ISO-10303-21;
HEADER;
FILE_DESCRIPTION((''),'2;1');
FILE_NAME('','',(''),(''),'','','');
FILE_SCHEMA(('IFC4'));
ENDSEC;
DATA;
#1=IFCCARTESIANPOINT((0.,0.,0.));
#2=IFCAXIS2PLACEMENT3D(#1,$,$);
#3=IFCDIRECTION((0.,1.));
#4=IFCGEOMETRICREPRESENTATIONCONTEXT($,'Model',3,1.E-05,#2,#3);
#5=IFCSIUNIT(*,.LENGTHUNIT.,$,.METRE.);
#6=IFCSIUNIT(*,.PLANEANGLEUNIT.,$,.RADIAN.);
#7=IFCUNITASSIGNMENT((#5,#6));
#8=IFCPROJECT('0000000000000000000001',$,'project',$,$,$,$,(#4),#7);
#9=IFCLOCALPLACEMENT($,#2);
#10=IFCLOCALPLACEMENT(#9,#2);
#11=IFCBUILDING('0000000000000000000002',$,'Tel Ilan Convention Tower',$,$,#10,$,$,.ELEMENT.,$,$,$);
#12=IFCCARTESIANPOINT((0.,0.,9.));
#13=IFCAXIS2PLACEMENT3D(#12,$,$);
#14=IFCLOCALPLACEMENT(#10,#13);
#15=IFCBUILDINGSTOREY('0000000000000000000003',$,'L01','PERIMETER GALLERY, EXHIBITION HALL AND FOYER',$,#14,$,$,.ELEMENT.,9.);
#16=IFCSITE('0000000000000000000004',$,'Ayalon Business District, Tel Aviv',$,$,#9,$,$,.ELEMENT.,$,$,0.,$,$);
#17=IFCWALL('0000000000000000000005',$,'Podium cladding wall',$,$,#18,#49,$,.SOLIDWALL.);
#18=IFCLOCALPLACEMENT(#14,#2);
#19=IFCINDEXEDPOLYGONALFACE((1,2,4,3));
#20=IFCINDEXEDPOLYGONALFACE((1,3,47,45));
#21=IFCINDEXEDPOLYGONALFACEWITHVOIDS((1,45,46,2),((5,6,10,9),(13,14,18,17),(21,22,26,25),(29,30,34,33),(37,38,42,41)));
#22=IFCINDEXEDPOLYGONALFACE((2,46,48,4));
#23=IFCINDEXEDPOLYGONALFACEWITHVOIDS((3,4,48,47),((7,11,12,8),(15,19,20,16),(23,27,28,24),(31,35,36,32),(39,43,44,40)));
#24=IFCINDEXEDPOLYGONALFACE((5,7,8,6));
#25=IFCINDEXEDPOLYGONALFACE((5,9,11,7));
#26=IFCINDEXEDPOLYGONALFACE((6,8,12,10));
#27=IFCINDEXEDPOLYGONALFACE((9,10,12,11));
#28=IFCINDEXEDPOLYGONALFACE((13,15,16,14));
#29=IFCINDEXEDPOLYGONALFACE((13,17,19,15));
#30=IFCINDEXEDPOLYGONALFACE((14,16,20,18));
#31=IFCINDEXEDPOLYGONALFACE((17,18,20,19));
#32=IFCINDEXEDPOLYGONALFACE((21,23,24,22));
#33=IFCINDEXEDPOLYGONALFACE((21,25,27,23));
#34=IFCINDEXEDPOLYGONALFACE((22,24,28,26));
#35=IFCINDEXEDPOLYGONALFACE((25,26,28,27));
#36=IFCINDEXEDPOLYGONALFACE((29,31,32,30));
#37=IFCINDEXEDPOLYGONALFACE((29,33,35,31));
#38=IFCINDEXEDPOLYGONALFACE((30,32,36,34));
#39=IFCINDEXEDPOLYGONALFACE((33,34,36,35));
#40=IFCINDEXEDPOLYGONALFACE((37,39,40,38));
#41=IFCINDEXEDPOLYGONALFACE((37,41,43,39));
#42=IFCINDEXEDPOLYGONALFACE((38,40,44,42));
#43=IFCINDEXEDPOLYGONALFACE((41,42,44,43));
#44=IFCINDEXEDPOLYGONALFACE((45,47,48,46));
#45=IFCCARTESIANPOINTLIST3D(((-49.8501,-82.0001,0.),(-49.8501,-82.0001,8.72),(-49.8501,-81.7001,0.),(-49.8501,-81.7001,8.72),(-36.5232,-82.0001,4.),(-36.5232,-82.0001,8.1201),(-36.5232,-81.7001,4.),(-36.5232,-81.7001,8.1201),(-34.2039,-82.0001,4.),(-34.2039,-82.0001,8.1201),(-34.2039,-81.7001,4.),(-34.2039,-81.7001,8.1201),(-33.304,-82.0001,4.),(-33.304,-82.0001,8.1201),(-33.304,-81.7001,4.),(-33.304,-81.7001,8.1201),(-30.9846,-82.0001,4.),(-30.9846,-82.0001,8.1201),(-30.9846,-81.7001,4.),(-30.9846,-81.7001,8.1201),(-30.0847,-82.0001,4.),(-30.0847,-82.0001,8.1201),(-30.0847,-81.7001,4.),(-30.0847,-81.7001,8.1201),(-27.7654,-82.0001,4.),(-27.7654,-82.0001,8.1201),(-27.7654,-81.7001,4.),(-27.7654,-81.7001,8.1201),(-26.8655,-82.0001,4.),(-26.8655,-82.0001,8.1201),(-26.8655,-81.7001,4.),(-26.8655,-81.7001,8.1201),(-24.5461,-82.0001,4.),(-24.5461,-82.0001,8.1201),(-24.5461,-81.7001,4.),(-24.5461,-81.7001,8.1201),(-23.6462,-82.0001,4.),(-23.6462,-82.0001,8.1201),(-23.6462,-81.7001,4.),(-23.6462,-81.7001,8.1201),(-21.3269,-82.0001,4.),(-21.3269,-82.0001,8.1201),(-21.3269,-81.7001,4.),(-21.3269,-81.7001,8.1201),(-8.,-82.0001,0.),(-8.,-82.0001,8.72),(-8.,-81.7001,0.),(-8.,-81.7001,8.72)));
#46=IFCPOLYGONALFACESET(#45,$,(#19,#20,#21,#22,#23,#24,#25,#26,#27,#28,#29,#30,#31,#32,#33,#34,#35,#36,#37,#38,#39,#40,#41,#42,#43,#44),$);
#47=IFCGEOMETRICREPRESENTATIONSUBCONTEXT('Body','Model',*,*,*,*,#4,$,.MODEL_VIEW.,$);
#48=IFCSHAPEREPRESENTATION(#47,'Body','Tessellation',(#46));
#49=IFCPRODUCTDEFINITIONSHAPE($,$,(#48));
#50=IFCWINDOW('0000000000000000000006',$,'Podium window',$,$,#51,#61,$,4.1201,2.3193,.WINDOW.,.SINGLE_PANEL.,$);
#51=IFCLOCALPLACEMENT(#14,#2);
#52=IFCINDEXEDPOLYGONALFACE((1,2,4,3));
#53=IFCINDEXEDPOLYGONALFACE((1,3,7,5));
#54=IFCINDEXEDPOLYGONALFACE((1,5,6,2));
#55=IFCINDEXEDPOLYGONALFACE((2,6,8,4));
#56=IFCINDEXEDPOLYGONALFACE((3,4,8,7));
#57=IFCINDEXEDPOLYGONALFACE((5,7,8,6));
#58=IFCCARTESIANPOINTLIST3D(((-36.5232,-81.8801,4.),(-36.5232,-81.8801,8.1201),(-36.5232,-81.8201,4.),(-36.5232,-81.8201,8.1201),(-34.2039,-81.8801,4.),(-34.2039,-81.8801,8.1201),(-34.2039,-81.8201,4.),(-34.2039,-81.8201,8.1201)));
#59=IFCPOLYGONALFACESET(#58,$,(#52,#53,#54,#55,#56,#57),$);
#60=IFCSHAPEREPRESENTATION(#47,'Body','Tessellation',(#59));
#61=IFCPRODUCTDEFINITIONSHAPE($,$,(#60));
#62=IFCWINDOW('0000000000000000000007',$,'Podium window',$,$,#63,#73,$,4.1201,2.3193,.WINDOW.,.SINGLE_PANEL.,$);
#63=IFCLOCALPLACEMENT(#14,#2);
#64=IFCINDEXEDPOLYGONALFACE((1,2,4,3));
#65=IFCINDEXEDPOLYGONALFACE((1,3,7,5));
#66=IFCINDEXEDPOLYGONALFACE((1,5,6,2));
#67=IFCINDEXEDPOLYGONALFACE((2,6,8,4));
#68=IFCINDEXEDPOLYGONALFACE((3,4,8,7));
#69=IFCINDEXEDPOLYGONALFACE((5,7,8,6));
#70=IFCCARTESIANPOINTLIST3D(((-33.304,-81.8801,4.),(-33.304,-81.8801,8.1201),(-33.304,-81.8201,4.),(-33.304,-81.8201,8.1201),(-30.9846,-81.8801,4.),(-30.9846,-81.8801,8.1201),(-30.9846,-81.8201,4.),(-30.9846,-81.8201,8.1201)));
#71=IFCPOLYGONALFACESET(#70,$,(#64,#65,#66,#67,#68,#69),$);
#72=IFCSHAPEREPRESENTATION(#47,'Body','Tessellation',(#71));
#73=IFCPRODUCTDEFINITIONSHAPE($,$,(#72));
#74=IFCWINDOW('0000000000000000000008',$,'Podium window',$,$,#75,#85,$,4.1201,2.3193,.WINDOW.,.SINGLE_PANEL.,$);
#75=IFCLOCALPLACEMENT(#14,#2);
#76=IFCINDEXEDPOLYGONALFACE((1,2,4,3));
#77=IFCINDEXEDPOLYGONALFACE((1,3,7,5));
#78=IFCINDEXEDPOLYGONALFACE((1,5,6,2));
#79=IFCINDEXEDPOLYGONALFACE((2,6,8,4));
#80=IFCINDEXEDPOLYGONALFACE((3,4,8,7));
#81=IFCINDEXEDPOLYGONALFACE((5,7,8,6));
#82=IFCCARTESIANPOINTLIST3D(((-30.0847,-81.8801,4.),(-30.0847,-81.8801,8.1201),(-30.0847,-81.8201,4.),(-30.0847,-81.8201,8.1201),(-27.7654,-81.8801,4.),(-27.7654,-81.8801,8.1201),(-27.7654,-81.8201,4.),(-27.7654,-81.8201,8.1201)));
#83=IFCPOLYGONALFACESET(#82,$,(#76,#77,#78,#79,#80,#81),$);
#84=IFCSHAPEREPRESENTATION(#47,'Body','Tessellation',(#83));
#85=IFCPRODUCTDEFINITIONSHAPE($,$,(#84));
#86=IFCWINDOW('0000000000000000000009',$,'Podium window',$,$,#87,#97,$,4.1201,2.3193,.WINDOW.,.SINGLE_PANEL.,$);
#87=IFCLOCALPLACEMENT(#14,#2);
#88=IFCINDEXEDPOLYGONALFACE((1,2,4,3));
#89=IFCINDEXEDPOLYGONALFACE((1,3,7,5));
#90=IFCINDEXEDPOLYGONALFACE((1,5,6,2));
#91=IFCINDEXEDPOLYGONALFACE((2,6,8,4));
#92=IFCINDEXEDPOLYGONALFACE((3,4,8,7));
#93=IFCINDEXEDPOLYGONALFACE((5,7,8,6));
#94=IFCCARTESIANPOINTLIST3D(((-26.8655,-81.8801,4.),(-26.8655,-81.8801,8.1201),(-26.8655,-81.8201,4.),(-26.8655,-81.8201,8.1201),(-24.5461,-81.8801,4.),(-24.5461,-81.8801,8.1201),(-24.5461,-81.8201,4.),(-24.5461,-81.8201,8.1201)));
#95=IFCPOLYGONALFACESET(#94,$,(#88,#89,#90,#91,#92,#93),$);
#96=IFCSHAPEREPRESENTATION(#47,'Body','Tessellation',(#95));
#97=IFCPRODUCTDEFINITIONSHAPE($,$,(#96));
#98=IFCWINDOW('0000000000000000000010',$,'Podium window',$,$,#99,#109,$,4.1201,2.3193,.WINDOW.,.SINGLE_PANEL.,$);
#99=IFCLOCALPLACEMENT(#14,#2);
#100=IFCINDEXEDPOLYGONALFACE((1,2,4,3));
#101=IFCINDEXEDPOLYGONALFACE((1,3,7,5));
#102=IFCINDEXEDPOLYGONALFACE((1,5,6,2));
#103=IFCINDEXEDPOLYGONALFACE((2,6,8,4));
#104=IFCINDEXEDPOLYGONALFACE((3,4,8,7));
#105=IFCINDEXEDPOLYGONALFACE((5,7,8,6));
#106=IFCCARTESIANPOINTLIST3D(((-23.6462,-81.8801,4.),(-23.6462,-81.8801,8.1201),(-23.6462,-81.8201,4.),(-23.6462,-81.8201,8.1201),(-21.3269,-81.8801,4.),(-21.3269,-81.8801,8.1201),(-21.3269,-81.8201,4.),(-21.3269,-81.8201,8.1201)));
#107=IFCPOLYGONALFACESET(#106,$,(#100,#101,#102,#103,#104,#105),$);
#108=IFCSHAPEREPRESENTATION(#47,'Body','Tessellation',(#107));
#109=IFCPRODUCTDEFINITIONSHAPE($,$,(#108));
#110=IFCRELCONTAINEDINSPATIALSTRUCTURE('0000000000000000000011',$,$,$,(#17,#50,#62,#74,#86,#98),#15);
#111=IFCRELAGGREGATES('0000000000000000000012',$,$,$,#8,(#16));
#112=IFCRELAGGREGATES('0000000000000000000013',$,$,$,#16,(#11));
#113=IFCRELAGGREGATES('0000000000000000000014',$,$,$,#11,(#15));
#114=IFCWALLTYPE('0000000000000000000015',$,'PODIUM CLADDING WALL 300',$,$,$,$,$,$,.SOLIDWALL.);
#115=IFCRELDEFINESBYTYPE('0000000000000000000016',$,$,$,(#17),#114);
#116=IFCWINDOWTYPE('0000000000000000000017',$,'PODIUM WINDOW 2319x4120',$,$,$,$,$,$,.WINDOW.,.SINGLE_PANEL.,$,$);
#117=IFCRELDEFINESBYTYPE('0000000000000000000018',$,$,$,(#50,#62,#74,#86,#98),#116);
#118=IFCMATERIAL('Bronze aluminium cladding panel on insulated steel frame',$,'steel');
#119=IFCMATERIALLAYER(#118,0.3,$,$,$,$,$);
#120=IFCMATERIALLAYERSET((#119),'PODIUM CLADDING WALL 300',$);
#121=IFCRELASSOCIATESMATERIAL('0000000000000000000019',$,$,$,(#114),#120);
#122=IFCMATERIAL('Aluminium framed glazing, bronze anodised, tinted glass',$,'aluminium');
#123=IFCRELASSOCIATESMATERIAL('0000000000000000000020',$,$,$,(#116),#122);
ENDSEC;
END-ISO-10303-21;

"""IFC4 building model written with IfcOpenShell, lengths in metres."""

from ifc_helpers import new_model, si_unit, direction, frame, frame_2d, origin, place, context, subcontext, project, spatial, rectangle, extrude, material, layer, layer_set, type_object, element, fill, save


model = new_model("IFC4")

# Units and contexts
model_context = context("Model", 3, precision=1e-05, world=origin(), true_north=direction((0.0, 1.0)))
body_context = subcontext(model_context, "Body", "Model", "MODEL_VIEW")
ifc_project = project(units=[si_unit("LENGTHUNIT", "METRE"), si_unit("PLANEANGLEUNIT", "RADIAN")], contexts=[model_context])

# Site, building, storey
site_placement = place(None, origin())
site = spatial("IfcSite", under=ifc_project, at=site_placement, Name="Ayalon Business District, Tel Aviv", CompositionType="ELEMENT", RefElevation=0.0)
building_placement = place(site_placement, origin())
building = spatial("IfcBuilding", under=site, at=building_placement, Name="Tel Ilan Convention Tower", CompositionType="ELEMENT")
storey_placement = place(building_placement, frame((0.0, 0.0, 9.0)))
storey = spatial("IfcBuildingStorey", under=building, at=storey_placement, Name="L01", Description="PERIMETER GALLERY, EXHIBITION HALL AND FOYER", CompositionType="ELEMENT", Elevation=9.0)

# Wall, openings, windows
ifc_material_1 = material(Name="Bronze aluminium cladding panel on insulated steel frame", Category="steel")
ifc_layer = layer(ifc_material_1, 0.3)
ifc_layer_set = layer_set([ifc_layer], Name="PODIUM CLADDING WALL 300")
wall_type = type_object("IfcWallType", Name="PODIUM CLADDING WALL 300", PredefinedType="SOLIDWALL", material=ifc_layer_set)
wall_placement = place(storey_placement, frame((-49.8501, -81.8501, 0.0), z_axis=(0.0, 0.0, 1.0), x_axis=(1.0, 0.0, 0.0)))
wall = element("IfcWall", 1, at=wall_placement, inside=storey, type_object=wall_type, Name="Podium cladding wall", PredefinedType="SOLIDWALL", context=body_context, shape_type="SweptSolid", body=[
    extrude(rectangle(XDim=41.8501, YDim=0.3, at=frame_2d((20.925, 0.0))), origin(), (0.0, 0.0, 1.0), 8.72),
])
opening_1_placement = place(wall_placement, frame((13.3269, 0.0, 4.0)))
opening_1 = element("IfcOpeningElement", 2, at=opening_1_placement, cuts=wall, PredefinedType="OPENING", context=body_context, shape_type="SweptSolid", body=[
    extrude(rectangle(XDim=2.3193, YDim=4.1201, at=frame_2d((1.1597, 2.0601))), frame((0.0, 0.1599, 0.0), z_axis=(0.0, -1.0, 0.0), x_axis=(1.0, 0.0, 0.0)), (0.0, 0.0, 1.0), 0.3201),
])
opening_2_placement = place(wall_placement, frame((16.5461, 0.0, 4.0)))
opening_2 = element("IfcOpeningElement", 3, at=opening_2_placement, cuts=wall, PredefinedType="OPENING", context=body_context, shape_type="SweptSolid", body=[
    extrude(rectangle(XDim=2.3193, YDim=4.1201, at=frame_2d((1.1597, 2.0601))), frame((0.0, 0.1599, 0.0), z_axis=(0.0, -1.0, 0.0), x_axis=(1.0, 0.0, 0.0)), (0.0, 0.0, 1.0), 0.3201),
])
opening_3_placement = place(wall_placement, frame((19.7654, 0.0, 4.0)))
opening_3 = element("IfcOpeningElement", 4, at=opening_3_placement, cuts=wall, PredefinedType="OPENING", context=body_context, shape_type="SweptSolid", body=[
    extrude(rectangle(XDim=2.3193, YDim=4.1201, at=frame_2d((1.1597, 2.0601))), frame((0.0, 0.1599, 0.0), z_axis=(0.0, -1.0, 0.0), x_axis=(1.0, 0.0, 0.0)), (0.0, 0.0, 1.0), 0.3201),
])
opening_4_placement = place(wall_placement, frame((22.9846, 0.0, 4.0)))
opening_4 = element("IfcOpeningElement", 5, at=opening_4_placement, cuts=wall, PredefinedType="OPENING", context=body_context, shape_type="SweptSolid", body=[
    extrude(rectangle(XDim=2.3193, YDim=4.1201, at=frame_2d((1.1597, 2.0601))), frame((0.0, 0.1599, 0.0), z_axis=(0.0, -1.0, 0.0), x_axis=(1.0, 0.0, 0.0)), (0.0, 0.0, 1.0), 0.3201),
])
opening_5_placement = place(wall_placement, frame((26.2039, 0.0, 4.0)))
opening_5 = element("IfcOpeningElement", 6, at=opening_5_placement, cuts=wall, PredefinedType="OPENING", context=body_context, shape_type="SweptSolid", body=[
    extrude(rectangle(XDim=2.3193, YDim=4.1201, at=frame_2d((1.1597, 2.0601))), frame((0.0, 0.1599, 0.0), z_axis=(0.0, -1.0, 0.0), x_axis=(1.0, 0.0, 0.0)), (0.0, 0.0, 1.0), 0.3201),
])
ifc_material_2 = material(Name="Aluminium framed glazing, bronze anodised, tinted glass", Category="aluminium")
window_type = type_object("IfcWindowType", Name="PODIUM WINDOW 2319x4120", PartitioningType="SINGLE_PANEL", PredefinedType="WINDOW", material=ifc_material_2)
window_1_placement = place(opening_1_placement, origin())
window_1 = element("IfcWindow", 7, at=window_1_placement, inside=storey, type_object=window_type, Name="Podium window", OverallHeight=4.1201, OverallWidth=2.3193, PartitioningType="SINGLE_PANEL", PredefinedType="WINDOW", context=body_context, shape_type="SweptSolid", body=[
    extrude(rectangle(XDim=2.3193, YDim=4.1201, at=frame_2d((1.1597, 2.0601))), frame((0.0, 0.03, 0.0), z_axis=(0.0, -1.0, 0.0), x_axis=(1.0, 0.0, 0.0)), (0.0, 0.0, 1.0), 0.0601),
])
fill(opening_1, window_1)
window_2_placement = place(opening_2_placement, origin())
window_2 = element("IfcWindow", 8, at=window_2_placement, inside=storey, type_object=window_type, Name="Podium window", OverallHeight=4.1201, OverallWidth=2.3193, PartitioningType="SINGLE_PANEL", PredefinedType="WINDOW", context=body_context, shape_type="SweptSolid", body=[
    extrude(rectangle(XDim=2.3193, YDim=4.1201, at=frame_2d((1.1597, 2.0601))), frame((0.0, 0.03, 0.0), z_axis=(0.0, -1.0, 0.0), x_axis=(1.0, 0.0, 0.0)), (0.0, 0.0, 1.0), 0.0601),
])
fill(opening_2, window_2)
window_3_placement = place(opening_3_placement, origin())
window_3 = element("IfcWindow", 9, at=window_3_placement, inside=storey, type_object=window_type, Name="Podium window", OverallHeight=4.1201, OverallWidth=2.3193, PartitioningType="SINGLE_PANEL", PredefinedType="WINDOW", context=body_context, shape_type="SweptSolid", body=[
    extrude(rectangle(XDim=2.3193, YDim=4.1201, at=frame_2d((1.1597, 2.0601))), frame((0.0, 0.03, 0.0), z_axis=(0.0, -1.0, 0.0), x_axis=(1.0, 0.0, 0.0)), (0.0, 0.0, 1.0), 0.0601),
])
fill(opening_3, window_3)
window_4_placement = place(opening_4_placement, origin())
window_4 = element("IfcWindow", 10, at=window_4_placement, inside=storey, type_object=window_type, Name="Podium window", OverallHeight=4.1201, OverallWidth=2.3193, PartitioningType="SINGLE_PANEL", PredefinedType="WINDOW", context=body_context, shape_type="SweptSolid", body=[
    extrude(rectangle(XDim=2.3193, YDim=4.1201, at=frame_2d((1.1597, 2.0601))), frame((0.0, 0.03, 0.0), z_axis=(0.0, -1.0, 0.0), x_axis=(1.0, 0.0, 0.0)), (0.0, 0.0, 1.0), 0.0601),
])
fill(opening_4, window_4)
window_5_placement = place(opening_5_placement, origin())
window_5 = element("IfcWindow", 11, at=window_5_placement, inside=storey, type_object=window_type, Name="Podium window", OverallHeight=4.1201, OverallWidth=2.3193, PartitioningType="SINGLE_PANEL", PredefinedType="WINDOW", context=body_context, shape_type="SweptSolid", body=[
    extrude(rectangle(XDim=2.3193, YDim=4.1201, at=frame_2d((1.1597, 2.0601))), frame((0.0, 0.03, 0.0), z_axis=(0.0, -1.0, 0.0), x_axis=(1.0, 0.0, 0.0)), (0.0, 0.0, 1.0), 0.0601),
])
fill(opening_5, window_5)

save(model, "model.ifc")
